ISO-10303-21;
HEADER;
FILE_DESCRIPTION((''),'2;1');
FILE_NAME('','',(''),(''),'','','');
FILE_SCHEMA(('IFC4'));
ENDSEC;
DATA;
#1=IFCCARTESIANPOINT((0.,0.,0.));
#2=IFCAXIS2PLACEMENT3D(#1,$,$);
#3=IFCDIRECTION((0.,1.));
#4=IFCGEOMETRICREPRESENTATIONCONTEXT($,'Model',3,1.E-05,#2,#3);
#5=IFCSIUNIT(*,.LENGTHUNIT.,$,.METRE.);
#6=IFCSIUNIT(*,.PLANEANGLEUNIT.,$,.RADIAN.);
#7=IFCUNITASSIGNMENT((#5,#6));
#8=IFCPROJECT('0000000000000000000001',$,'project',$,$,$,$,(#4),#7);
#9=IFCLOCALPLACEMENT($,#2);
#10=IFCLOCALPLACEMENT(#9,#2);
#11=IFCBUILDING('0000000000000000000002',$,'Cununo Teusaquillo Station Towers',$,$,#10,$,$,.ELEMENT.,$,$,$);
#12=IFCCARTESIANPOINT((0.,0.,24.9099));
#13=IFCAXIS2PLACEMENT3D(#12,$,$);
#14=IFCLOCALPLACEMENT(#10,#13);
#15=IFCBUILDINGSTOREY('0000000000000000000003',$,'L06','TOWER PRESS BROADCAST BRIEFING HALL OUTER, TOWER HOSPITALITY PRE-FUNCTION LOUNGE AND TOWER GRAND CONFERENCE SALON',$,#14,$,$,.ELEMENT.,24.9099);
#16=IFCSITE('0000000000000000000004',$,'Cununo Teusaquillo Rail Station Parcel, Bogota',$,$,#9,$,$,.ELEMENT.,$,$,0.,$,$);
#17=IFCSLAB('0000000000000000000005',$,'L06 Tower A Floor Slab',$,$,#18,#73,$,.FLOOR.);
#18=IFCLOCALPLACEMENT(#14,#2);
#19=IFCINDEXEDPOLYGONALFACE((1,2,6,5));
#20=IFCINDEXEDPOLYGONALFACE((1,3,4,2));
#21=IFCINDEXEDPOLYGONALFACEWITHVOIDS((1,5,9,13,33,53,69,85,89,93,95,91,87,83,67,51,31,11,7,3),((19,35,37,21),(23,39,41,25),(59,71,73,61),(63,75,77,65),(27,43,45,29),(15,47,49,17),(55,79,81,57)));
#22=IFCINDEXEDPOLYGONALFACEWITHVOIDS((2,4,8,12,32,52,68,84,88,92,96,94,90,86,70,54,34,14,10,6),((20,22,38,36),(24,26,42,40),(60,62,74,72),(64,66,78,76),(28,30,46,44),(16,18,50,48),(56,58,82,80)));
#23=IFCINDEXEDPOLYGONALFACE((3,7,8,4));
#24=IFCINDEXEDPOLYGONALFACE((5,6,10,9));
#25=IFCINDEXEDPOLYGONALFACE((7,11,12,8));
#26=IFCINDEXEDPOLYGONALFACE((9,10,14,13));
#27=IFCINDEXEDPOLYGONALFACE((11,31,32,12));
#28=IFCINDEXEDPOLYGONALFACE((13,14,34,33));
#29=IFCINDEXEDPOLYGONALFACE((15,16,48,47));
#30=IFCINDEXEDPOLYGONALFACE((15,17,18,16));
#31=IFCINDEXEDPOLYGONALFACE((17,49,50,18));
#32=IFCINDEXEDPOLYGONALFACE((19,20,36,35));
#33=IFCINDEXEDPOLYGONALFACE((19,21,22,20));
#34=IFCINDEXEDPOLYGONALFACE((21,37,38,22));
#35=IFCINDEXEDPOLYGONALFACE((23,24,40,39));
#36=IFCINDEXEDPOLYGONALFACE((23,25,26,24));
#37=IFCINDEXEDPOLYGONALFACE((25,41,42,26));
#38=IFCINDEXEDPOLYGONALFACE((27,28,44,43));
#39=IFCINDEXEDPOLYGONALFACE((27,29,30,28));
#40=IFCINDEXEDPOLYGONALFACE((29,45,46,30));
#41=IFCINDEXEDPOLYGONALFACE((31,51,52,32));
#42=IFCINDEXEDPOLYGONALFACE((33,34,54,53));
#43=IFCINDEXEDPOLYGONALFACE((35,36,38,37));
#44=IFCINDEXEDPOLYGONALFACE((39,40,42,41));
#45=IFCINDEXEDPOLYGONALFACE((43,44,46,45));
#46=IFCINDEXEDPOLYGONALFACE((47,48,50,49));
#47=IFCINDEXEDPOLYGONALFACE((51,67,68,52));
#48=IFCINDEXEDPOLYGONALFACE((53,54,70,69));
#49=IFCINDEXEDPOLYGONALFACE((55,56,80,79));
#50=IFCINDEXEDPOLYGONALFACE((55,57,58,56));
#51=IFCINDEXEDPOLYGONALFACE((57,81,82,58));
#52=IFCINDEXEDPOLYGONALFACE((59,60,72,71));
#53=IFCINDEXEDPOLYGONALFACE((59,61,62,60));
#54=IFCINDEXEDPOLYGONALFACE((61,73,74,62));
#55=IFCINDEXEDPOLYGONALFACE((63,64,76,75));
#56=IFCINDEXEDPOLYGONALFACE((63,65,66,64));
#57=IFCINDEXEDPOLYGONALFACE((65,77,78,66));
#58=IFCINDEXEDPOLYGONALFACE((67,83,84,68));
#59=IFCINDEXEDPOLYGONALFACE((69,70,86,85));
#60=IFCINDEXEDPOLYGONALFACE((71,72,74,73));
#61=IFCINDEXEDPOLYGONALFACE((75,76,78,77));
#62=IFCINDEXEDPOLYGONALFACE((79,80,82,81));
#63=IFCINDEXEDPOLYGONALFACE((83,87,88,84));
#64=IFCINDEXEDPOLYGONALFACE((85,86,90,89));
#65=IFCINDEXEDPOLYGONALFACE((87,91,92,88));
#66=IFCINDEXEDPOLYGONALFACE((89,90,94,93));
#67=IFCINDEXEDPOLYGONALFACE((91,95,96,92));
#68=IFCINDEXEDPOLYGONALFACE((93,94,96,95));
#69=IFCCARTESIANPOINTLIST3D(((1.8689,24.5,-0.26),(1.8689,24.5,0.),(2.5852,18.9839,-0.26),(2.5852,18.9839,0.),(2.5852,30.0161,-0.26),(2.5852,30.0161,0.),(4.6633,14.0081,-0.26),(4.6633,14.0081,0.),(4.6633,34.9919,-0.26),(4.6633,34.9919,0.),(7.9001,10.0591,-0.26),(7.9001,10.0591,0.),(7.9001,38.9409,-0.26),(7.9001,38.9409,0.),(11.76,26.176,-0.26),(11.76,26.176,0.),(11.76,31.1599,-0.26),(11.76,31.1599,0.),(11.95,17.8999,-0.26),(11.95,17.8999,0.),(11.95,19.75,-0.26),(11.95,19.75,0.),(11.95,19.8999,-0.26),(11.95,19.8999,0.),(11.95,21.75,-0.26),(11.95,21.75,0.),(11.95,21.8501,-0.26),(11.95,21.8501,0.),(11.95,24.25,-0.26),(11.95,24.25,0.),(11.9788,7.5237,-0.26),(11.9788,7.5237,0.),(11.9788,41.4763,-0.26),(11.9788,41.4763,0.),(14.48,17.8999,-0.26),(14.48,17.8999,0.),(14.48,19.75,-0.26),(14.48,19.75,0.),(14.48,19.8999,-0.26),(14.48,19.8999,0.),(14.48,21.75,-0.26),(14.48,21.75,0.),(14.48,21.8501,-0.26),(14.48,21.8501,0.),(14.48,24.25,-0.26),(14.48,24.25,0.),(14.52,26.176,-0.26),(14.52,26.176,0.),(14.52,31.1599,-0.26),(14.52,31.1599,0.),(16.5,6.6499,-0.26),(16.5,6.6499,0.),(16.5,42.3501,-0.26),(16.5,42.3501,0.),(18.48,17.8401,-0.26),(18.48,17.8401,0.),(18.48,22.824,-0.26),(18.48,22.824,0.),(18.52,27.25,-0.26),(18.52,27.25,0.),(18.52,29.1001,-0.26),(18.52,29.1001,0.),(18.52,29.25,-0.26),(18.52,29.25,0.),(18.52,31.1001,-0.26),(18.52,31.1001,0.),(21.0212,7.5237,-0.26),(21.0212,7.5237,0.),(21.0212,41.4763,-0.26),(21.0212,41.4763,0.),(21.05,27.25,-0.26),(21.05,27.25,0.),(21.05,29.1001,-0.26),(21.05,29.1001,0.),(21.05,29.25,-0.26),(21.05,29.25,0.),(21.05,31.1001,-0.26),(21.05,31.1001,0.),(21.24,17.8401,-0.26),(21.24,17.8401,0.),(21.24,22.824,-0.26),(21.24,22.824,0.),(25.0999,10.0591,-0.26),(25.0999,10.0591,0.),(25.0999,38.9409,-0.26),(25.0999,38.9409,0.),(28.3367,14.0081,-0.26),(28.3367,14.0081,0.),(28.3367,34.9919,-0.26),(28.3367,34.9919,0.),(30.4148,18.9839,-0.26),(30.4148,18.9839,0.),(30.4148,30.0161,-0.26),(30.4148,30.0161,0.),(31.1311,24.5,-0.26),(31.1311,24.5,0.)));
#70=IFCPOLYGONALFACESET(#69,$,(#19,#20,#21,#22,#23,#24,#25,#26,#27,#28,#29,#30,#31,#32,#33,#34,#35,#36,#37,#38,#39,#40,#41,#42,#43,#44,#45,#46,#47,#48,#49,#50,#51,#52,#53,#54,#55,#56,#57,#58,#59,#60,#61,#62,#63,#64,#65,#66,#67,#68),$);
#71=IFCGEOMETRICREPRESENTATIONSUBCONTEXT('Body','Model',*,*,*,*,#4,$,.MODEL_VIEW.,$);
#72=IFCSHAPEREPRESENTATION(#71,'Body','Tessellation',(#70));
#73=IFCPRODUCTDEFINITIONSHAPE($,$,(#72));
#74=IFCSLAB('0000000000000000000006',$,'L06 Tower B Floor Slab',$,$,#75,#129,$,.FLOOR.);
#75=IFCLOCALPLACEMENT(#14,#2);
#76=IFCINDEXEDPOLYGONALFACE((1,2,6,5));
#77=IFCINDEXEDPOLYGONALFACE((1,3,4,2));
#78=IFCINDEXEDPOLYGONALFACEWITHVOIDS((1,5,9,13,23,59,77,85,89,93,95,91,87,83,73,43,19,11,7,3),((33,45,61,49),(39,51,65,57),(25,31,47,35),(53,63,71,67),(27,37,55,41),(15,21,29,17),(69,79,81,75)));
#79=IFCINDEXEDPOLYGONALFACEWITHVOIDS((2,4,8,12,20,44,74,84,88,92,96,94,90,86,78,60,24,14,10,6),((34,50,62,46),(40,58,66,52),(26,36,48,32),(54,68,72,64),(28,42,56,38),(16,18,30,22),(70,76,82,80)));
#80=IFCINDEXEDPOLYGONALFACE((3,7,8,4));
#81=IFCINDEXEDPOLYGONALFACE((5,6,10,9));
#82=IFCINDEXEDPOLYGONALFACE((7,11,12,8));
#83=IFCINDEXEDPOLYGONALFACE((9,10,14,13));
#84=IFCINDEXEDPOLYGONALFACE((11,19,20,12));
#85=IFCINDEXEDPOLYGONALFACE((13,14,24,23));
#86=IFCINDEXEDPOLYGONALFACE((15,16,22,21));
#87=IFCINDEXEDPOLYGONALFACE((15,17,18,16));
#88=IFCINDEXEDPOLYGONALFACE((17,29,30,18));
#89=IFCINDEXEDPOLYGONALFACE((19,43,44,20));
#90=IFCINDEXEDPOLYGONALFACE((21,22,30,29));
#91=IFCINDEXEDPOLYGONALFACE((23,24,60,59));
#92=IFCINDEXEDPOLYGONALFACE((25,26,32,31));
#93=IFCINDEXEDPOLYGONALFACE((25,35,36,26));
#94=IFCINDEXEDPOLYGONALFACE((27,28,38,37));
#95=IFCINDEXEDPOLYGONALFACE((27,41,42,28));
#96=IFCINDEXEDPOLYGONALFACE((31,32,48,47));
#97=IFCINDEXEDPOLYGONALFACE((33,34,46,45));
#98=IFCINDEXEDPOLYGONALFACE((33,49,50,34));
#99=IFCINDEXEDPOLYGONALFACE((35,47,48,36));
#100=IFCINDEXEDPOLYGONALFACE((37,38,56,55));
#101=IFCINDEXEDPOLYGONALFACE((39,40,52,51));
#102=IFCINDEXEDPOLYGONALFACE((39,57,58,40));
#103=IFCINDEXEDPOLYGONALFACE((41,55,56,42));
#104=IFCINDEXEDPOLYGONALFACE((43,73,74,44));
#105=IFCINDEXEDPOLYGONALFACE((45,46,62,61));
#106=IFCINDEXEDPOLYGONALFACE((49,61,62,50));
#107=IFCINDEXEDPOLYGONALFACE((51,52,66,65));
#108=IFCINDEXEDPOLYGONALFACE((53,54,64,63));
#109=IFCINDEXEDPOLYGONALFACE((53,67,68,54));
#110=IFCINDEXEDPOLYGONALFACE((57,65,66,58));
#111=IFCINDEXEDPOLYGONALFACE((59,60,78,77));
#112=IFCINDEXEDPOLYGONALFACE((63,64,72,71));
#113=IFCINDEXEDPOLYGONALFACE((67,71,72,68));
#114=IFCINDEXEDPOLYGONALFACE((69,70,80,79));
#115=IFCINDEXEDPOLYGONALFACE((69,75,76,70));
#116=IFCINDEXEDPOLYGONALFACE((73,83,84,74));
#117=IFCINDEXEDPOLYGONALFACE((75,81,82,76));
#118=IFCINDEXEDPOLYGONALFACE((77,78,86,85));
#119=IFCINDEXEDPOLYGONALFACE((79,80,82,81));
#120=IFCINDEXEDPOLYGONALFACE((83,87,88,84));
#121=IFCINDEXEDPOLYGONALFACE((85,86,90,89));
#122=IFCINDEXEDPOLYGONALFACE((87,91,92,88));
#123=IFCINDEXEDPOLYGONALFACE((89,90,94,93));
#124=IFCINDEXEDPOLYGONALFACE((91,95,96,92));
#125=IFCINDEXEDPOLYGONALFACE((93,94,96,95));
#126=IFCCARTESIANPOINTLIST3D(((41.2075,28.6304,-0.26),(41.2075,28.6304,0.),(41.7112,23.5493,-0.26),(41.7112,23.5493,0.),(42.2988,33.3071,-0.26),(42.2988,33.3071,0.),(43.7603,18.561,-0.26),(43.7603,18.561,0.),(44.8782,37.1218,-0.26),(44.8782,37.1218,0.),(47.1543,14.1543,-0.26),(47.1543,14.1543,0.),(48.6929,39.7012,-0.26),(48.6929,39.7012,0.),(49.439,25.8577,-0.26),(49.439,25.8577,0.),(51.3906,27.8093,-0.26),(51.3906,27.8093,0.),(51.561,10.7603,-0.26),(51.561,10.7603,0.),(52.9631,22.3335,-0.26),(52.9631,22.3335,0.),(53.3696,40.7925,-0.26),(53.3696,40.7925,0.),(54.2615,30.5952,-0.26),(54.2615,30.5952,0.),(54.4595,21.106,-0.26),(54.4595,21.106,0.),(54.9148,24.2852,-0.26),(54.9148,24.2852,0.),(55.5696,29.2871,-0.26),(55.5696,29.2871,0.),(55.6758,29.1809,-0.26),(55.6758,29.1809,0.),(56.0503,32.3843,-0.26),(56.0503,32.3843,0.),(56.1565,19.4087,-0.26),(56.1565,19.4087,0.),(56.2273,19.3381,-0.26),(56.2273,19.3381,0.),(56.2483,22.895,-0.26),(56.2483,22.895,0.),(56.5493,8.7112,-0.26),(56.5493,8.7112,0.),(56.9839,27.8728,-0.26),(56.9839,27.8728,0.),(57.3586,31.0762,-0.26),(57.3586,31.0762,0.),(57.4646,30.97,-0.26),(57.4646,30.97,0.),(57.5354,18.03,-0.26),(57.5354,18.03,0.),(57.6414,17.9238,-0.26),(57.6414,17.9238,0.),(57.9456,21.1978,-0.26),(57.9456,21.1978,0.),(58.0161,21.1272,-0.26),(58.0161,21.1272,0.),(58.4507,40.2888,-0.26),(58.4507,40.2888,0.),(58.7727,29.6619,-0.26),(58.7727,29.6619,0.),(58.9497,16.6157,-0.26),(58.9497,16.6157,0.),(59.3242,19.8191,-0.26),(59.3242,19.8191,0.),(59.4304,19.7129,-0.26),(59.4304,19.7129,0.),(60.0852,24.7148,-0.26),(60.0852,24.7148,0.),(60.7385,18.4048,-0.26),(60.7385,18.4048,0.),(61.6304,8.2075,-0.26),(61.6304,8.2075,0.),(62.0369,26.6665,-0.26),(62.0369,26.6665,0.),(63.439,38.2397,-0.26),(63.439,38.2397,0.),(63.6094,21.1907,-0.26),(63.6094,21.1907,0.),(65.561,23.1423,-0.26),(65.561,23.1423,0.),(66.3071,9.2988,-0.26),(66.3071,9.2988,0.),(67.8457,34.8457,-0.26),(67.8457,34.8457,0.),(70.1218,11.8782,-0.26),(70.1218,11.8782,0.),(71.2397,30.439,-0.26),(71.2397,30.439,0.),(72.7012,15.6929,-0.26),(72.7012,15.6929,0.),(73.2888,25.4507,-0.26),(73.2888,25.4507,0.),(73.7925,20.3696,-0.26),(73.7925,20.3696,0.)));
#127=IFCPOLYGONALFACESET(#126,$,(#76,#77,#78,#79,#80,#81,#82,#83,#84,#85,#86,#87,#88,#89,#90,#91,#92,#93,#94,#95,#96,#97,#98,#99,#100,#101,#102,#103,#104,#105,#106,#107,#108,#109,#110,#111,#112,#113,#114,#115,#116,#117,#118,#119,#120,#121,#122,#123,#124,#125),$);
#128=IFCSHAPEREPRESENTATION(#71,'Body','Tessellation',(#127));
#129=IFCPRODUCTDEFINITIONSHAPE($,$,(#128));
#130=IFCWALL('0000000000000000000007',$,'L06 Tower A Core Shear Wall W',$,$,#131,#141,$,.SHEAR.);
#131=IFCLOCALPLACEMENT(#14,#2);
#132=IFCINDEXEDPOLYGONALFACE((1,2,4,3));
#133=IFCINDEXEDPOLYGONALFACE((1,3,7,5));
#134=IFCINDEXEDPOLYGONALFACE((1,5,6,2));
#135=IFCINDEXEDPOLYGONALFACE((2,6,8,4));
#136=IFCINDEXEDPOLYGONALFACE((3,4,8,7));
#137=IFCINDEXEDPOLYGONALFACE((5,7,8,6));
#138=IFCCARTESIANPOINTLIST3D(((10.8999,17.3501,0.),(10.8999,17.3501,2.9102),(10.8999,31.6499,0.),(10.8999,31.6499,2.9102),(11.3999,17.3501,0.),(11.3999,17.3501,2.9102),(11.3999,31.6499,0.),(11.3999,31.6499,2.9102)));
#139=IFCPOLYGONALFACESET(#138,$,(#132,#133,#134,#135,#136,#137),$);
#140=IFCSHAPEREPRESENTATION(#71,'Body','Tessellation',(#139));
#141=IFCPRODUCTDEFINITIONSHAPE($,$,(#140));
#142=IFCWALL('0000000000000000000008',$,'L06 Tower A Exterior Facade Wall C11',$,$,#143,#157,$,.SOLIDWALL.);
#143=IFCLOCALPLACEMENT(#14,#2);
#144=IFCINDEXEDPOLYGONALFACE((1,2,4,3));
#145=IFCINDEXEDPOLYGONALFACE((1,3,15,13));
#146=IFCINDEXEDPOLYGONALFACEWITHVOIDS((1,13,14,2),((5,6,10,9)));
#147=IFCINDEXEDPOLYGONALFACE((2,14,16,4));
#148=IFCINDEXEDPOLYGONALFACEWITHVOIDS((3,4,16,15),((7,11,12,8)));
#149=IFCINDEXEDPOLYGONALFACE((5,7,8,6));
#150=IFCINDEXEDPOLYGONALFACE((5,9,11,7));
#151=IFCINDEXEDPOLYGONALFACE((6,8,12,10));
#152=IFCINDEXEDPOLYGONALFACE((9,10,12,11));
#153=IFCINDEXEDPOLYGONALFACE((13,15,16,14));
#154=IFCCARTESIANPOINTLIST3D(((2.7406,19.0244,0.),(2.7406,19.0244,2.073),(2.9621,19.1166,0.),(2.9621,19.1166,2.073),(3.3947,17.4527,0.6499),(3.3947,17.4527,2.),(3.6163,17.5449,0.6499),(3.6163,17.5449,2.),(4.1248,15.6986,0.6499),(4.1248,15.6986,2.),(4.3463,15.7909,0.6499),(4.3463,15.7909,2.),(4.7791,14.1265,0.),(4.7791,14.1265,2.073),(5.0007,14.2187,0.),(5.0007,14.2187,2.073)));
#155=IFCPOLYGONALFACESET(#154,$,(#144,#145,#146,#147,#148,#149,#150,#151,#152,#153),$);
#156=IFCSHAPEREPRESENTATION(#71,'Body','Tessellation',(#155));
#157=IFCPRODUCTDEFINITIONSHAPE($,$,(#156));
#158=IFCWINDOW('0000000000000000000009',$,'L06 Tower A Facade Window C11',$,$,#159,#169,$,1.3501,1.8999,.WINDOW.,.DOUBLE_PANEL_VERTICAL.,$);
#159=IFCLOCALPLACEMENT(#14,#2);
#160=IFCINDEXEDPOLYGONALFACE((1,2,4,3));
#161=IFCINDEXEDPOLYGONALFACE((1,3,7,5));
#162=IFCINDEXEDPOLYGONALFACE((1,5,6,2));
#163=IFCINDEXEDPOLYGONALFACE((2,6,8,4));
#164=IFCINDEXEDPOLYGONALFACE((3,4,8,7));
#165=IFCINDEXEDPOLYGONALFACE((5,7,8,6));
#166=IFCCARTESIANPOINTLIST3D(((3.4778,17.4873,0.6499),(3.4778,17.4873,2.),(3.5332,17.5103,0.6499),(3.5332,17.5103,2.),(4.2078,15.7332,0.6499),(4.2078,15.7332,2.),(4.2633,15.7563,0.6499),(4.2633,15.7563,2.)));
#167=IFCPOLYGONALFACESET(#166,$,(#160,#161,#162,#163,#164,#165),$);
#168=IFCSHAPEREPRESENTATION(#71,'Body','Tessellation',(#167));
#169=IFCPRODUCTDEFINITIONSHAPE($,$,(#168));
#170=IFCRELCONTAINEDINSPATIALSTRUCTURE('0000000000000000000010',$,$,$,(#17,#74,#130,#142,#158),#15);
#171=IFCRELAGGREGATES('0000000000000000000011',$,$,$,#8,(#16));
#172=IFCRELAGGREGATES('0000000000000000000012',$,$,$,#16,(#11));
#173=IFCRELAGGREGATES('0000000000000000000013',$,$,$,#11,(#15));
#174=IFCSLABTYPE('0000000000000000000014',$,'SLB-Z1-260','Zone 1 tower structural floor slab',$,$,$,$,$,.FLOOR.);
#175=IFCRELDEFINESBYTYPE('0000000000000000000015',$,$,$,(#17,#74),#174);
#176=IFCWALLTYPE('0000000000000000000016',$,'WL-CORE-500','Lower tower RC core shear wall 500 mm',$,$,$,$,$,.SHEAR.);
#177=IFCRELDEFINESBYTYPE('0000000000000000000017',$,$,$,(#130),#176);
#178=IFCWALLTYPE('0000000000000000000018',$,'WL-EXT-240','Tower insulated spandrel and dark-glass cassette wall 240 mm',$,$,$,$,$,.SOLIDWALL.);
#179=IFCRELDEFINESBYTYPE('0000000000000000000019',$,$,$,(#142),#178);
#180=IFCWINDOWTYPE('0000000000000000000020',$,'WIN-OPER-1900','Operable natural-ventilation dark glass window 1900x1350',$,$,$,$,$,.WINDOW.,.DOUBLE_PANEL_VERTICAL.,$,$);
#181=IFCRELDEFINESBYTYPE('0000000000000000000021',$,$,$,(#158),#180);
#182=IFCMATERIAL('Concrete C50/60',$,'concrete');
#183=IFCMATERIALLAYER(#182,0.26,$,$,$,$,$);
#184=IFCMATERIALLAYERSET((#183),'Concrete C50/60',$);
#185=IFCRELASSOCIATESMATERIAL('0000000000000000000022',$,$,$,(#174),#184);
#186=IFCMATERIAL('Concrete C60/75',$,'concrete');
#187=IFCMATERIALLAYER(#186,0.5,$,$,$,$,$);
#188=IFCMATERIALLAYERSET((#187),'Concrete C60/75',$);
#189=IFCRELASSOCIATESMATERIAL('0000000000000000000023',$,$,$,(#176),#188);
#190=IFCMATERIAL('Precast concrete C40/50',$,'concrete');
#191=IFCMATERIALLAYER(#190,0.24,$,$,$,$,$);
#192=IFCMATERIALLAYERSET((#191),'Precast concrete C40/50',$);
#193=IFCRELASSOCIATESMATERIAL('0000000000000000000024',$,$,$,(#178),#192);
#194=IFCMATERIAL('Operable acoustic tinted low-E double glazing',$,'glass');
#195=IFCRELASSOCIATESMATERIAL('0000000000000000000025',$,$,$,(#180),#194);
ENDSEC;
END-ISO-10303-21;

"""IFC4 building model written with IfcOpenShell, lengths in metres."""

from ifc_helpers import new_model, si_unit, direction, frame, frame_2d, origin, place, context, subcontext, project, spatial, polyline, rectangle, outline, extrude, source, transform, mapped, material, layer, layer_set, type_object, element, fill, save


model = new_model("IFC4")

# Units and contexts
model_context = context("Model", 3, precision=1e-05, world=origin(), true_north=direction((0.0, 1.0)))
body_context = subcontext(model_context, "Body", "Model", "MODEL_VIEW")
ifc_project = project(units=[si_unit("LENGTHUNIT", "METRE"), si_unit("PLANEANGLEUNIT", "RADIAN")], contexts=[model_context])

# Site, building, storey
site_placement = place(None, origin())
site = spatial("IfcSite", under=ifc_project, at=site_placement, Name="Cununo Teusaquillo Rail Station Parcel, Bogota", CompositionType="ELEMENT", RefElevation=0.0)
building_placement = place(site_placement, origin())
building = spatial("IfcBuilding", under=site, at=building_placement, Name="Cununo Teusaquillo Station Towers", CompositionType="ELEMENT")
storey_placement = place(building_placement, frame((0.0, 0.0, 24.9099)))
storey = spatial("IfcBuildingStorey", under=building, at=storey_placement, Name="L06", Description="TOWER PRESS BROADCAST BRIEFING HALL OUTER, TOWER HOSPITALITY PRE-FUNCTION LOUNGE AND TOWER GRAND CONFERENCE SALON", CompositionType="ELEMENT", Elevation=24.9099)

# Slabs
ifc_material_1 = material(Name="Concrete C50/60", Category="concrete")
ifc_layer_1 = layer(ifc_material_1, 0.26)
ifc_layer_set_1 = layer_set([ifc_layer_1], Name="Concrete C50/60")
slab_type_1 = type_object("IfcSlabType", Name="SLB-Z1-260", Description="Zone 1 tower structural floor slab", PredefinedType="FLOOR", material=ifc_layer_set_1)
slab_1_placement = place(storey_placement, frame((0.0, 0.0, -0.26)))
element("IfcSlab", 1, at=slab_1_placement, inside=storey, type_object=slab_type_1, Name="L06 Tower A Floor Slab", PredefinedType="FLOOR", context=body_context, shape_type="SweptSolid", body=[
    extrude(outline(polyline([(31.1311, 24.5), (30.4148, 30.0161), (28.3367, 34.9919), (25.0999, 38.9409), (21.0212, 41.4763), (16.5, 42.3501), (11.9788, 41.4763), (7.9001, 38.9409), (4.6633, 34.9919), (2.5852, 30.0161), (1.8689, 24.5), (2.5852, 18.9839), (4.6633, 14.0081), (7.9001, 10.0591), (11.9788, 7.5237), (16.5, 6.6499), (21.0212, 7.5237), (25.0999, 10.0591), (28.3367, 14.0081), (30.4148, 18.9839), (31.1311, 24.5)]), holes=[polyline([(14.52, 26.176), (14.52, 31.1599), (11.76, 31.1599), (11.76, 26.176), (14.52, 26.176)]), polyline([(18.48, 22.824), (18.48, 17.8401), (21.24, 17.8401), (21.24, 22.824), (18.48, 22.824)]), polyline([(11.95, 21.8501), (14.48, 21.8501), (14.48, 24.25), (11.95, 24.25), (11.95, 21.8501)]), polyline([(11.95, 17.8999), (14.48, 17.8999), (14.48, 19.75), (11.95, 19.75), (11.95, 17.8999)]), polyline([(11.95, 19.8999), (14.48, 19.8999), (14.48, 21.75), (11.95, 21.75), (11.95, 19.8999)]), polyline([(18.52, 27.25), (21.05, 27.25), (21.05, 29.1001), (18.52, 29.1001), (18.52, 27.25)]), polyline([(18.52, 29.25), (21.05, 29.25), (21.05, 31.1001), (18.52, 31.1001), (18.52, 29.25)])]), origin(), (0.0, 0.0, 1.0), 0.26),
])
slab_2_placement = place(storey_placement, frame((0.0, 0.0, -0.26)))
element("IfcSlab", 2, at=slab_2_placement, inside=storey, type_object=slab_type_1, Name="L06 Tower B Floor Slab", PredefinedType="FLOOR", context=body_context, shape_type="SweptSolid", body=[
    extrude(outline(polyline([(67.8457, 34.8457), (63.439, 38.2397), (58.4507, 40.2888), (53.3696, 40.7925), (48.6929, 39.7012), (44.8782, 37.1218), (42.2988, 33.3071), (41.2075, 28.6304), (41.7112, 23.5493), (43.7603, 18.561), (47.1543, 14.1543), (51.561, 10.7603), (56.5493, 8.7112), (61.6304, 8.2075), (66.3071, 9.2988), (70.1218, 11.8782), (72.7012, 15.6929), (73.7925, 20.3696), (73.2888, 25.4507), (71.2397, 30.439), (67.8457, 34.8457)]), holes=[polyline([(54.9148, 24.2852), (51.3906, 27.8093), (49.439, 25.8577), (52.9631, 22.3335), (54.9148, 24.2852)]), polyline([(60.0852, 24.7148), (63.6094, 21.1907), (65.561, 23.1423), (62.0369, 26.6665), (60.0852, 24.7148)]), polyline([(56.1565, 19.4087), (57.9456, 21.1978), (56.2483, 22.895), (54.4595, 21.106), (56.1565, 19.4087)]), polyline([(58.9497, 16.6157), (60.7385, 18.4048), (59.4304, 19.7129), (57.6414, 17.9238), (58.9497, 16.6157)]), polyline([(57.5354, 18.03), (59.3242, 19.8191), (58.0161, 21.1272), (56.2273, 19.3381), (57.5354, 18.03)]), polyline([(56.9839, 27.8728), (58.7727, 29.6619), (57.4646, 30.97), (55.6758, 29.1809), (56.9839, 27.8728)]), polyline([(55.5696, 29.2871), (57.3586, 31.0762), (56.0503, 32.3843), (54.2615, 30.5952), (55.5696, 29.2871)])]), origin(), (0.0, 0.0, 1.0), 0.26),
])

# Wall
ifc_material_2 = material(Name="Concrete C60/75", Category="concrete")
ifc_layer_2 = layer(ifc_material_2, 0.5)
ifc_layer_set_2 = layer_set([ifc_layer_2], Name="Concrete C60/75")
wall_type_1 = type_object("IfcWallType", Name="WL-CORE-500", Description="Lower tower RC core shear wall 500 mm", PredefinedType="SHEAR", material=ifc_layer_set_2)
wall_1_placement = place(storey_placement, frame((11.1499, 17.3501, 0.0), z_axis=(0.0, 0.0, 1.0), x_axis=(0.0, 1.0, 0.0)))
element("IfcWall", 3, at=wall_1_placement, inside=storey, type_object=wall_type_1, Name="L06 Tower A Core Shear Wall W", PredefinedType="SHEAR", context=body_context, shape_type="SweptSolid", body=[
    extrude(rectangle(XDim=14.2998, YDim=0.5, at=frame_2d((7.1499, 0.0))), origin(), (0.0, 0.0, 1.0), 2.9102),
])

# Wall, opening, window
ifc_material_3 = material(Name="Precast concrete C40/50", Category="concrete")
ifc_layer_3 = layer(ifc_material_3, 0.24)
ifc_layer_set_3 = layer_set([ifc_layer_3], Name="Precast concrete C40/50")
wall_type_2 = type_object("IfcWallType", Name="WL-EXT-240", Description="Tower insulated spandrel and dark-glass cassette wall 240 mm", PredefinedType="SOLIDWALL", material=ifc_layer_set_3)
wall_2_placement = place(storey_placement, frame((4.8899, 14.1726, 0.0), z_axis=(0.0, 0.0, 1.0), x_axis=(-0.384256, 0.923227, 0.0)))
wall_2 = element("IfcWall", 4, at=wall_2_placement, inside=storey, type_object=wall_type_2, Name="L06 Tower A Exterior Facade Wall C11", PredefinedType="SOLIDWALL", context=body_context, shape_type="SweptSolid", body=[
    extrude(rectangle(XDim=5.3052, YDim=0.24, at=frame_2d((2.6526, 0.0))), origin(), (0.0, 0.0, 1.0), 2.073),
])
shared_shape_1 = source(origin(), body_context, "Body", "SweptSolid", [
    extrude(rectangle(XDim=1.8999, YDim=1.3501, at=frame_2d((0.95, 0.675))), frame((0.0, 0.1299, 0.0), z_axis=(0.0, -1.0, 0.0), x_axis=(1.0, 0.0, 0.0)), (0.0, 0.0, 1.0), 0.26),
])
opening_1_placement = place(wall_2_placement, frame((1.7029, 0.0, 0.6499)))
opening_1 = element("IfcOpeningElement", 5, at=opening_1_placement, cuts=wall_2, PredefinedType="OPENING", context=body_context, shape_type="MappedRepresentation", body=[
    mapped(shared_shape_1, transform((0.0, 0.0, 0.0), x_axis=(1.0, 0.0, 0.0), y_axis=(0.0, 1.0, 0.0), z_axis=(0.0, 0.0, 1.0), scale=1.0)),
])
ifc_material_4 = material(Name="Operable acoustic tinted low-E double glazing", Category="glass")
window_type = type_object("IfcWindowType", Name="WIN-OPER-1900", Description="Operable natural-ventilation dark glass window 1900x1350", PartitioningType="DOUBLE_PANEL_VERTICAL", PredefinedType="WINDOW", material=ifc_material_4)
shared_shape_2 = source(origin(), body_context, "Body", "SweptSolid", [
    extrude(rectangle(XDim=1.8999, YDim=1.3501, at=frame_2d((0.95, 0.675))), frame((0.0, 0.03, 0.0), z_axis=(0.0, -1.0, 0.0), x_axis=(1.0, 0.0, 0.0)), (0.0, 0.0, 1.0), 0.0601),
])
window_1_placement = place(opening_1_placement, origin())
window_1 = element("IfcWindow", 6, at=window_1_placement, inside=storey, type_object=window_type, Name="L06 Tower A Facade Window C11", OverallHeight=1.3501, OverallWidth=1.8999, PartitioningType="DOUBLE_PANEL_VERTICAL", PredefinedType="WINDOW", context=body_context, shape_type="MappedRepresentation", body=[
    mapped(shared_shape_2, transform((0.0, 0.0, 0.0), x_axis=(1.0, 0.0, 0.0), y_axis=(0.0, 1.0, 0.0), z_axis=(0.0, 0.0, 1.0), scale=1.0)),
])
fill(opening_1, window_1)

save(model, "model.ifc")
